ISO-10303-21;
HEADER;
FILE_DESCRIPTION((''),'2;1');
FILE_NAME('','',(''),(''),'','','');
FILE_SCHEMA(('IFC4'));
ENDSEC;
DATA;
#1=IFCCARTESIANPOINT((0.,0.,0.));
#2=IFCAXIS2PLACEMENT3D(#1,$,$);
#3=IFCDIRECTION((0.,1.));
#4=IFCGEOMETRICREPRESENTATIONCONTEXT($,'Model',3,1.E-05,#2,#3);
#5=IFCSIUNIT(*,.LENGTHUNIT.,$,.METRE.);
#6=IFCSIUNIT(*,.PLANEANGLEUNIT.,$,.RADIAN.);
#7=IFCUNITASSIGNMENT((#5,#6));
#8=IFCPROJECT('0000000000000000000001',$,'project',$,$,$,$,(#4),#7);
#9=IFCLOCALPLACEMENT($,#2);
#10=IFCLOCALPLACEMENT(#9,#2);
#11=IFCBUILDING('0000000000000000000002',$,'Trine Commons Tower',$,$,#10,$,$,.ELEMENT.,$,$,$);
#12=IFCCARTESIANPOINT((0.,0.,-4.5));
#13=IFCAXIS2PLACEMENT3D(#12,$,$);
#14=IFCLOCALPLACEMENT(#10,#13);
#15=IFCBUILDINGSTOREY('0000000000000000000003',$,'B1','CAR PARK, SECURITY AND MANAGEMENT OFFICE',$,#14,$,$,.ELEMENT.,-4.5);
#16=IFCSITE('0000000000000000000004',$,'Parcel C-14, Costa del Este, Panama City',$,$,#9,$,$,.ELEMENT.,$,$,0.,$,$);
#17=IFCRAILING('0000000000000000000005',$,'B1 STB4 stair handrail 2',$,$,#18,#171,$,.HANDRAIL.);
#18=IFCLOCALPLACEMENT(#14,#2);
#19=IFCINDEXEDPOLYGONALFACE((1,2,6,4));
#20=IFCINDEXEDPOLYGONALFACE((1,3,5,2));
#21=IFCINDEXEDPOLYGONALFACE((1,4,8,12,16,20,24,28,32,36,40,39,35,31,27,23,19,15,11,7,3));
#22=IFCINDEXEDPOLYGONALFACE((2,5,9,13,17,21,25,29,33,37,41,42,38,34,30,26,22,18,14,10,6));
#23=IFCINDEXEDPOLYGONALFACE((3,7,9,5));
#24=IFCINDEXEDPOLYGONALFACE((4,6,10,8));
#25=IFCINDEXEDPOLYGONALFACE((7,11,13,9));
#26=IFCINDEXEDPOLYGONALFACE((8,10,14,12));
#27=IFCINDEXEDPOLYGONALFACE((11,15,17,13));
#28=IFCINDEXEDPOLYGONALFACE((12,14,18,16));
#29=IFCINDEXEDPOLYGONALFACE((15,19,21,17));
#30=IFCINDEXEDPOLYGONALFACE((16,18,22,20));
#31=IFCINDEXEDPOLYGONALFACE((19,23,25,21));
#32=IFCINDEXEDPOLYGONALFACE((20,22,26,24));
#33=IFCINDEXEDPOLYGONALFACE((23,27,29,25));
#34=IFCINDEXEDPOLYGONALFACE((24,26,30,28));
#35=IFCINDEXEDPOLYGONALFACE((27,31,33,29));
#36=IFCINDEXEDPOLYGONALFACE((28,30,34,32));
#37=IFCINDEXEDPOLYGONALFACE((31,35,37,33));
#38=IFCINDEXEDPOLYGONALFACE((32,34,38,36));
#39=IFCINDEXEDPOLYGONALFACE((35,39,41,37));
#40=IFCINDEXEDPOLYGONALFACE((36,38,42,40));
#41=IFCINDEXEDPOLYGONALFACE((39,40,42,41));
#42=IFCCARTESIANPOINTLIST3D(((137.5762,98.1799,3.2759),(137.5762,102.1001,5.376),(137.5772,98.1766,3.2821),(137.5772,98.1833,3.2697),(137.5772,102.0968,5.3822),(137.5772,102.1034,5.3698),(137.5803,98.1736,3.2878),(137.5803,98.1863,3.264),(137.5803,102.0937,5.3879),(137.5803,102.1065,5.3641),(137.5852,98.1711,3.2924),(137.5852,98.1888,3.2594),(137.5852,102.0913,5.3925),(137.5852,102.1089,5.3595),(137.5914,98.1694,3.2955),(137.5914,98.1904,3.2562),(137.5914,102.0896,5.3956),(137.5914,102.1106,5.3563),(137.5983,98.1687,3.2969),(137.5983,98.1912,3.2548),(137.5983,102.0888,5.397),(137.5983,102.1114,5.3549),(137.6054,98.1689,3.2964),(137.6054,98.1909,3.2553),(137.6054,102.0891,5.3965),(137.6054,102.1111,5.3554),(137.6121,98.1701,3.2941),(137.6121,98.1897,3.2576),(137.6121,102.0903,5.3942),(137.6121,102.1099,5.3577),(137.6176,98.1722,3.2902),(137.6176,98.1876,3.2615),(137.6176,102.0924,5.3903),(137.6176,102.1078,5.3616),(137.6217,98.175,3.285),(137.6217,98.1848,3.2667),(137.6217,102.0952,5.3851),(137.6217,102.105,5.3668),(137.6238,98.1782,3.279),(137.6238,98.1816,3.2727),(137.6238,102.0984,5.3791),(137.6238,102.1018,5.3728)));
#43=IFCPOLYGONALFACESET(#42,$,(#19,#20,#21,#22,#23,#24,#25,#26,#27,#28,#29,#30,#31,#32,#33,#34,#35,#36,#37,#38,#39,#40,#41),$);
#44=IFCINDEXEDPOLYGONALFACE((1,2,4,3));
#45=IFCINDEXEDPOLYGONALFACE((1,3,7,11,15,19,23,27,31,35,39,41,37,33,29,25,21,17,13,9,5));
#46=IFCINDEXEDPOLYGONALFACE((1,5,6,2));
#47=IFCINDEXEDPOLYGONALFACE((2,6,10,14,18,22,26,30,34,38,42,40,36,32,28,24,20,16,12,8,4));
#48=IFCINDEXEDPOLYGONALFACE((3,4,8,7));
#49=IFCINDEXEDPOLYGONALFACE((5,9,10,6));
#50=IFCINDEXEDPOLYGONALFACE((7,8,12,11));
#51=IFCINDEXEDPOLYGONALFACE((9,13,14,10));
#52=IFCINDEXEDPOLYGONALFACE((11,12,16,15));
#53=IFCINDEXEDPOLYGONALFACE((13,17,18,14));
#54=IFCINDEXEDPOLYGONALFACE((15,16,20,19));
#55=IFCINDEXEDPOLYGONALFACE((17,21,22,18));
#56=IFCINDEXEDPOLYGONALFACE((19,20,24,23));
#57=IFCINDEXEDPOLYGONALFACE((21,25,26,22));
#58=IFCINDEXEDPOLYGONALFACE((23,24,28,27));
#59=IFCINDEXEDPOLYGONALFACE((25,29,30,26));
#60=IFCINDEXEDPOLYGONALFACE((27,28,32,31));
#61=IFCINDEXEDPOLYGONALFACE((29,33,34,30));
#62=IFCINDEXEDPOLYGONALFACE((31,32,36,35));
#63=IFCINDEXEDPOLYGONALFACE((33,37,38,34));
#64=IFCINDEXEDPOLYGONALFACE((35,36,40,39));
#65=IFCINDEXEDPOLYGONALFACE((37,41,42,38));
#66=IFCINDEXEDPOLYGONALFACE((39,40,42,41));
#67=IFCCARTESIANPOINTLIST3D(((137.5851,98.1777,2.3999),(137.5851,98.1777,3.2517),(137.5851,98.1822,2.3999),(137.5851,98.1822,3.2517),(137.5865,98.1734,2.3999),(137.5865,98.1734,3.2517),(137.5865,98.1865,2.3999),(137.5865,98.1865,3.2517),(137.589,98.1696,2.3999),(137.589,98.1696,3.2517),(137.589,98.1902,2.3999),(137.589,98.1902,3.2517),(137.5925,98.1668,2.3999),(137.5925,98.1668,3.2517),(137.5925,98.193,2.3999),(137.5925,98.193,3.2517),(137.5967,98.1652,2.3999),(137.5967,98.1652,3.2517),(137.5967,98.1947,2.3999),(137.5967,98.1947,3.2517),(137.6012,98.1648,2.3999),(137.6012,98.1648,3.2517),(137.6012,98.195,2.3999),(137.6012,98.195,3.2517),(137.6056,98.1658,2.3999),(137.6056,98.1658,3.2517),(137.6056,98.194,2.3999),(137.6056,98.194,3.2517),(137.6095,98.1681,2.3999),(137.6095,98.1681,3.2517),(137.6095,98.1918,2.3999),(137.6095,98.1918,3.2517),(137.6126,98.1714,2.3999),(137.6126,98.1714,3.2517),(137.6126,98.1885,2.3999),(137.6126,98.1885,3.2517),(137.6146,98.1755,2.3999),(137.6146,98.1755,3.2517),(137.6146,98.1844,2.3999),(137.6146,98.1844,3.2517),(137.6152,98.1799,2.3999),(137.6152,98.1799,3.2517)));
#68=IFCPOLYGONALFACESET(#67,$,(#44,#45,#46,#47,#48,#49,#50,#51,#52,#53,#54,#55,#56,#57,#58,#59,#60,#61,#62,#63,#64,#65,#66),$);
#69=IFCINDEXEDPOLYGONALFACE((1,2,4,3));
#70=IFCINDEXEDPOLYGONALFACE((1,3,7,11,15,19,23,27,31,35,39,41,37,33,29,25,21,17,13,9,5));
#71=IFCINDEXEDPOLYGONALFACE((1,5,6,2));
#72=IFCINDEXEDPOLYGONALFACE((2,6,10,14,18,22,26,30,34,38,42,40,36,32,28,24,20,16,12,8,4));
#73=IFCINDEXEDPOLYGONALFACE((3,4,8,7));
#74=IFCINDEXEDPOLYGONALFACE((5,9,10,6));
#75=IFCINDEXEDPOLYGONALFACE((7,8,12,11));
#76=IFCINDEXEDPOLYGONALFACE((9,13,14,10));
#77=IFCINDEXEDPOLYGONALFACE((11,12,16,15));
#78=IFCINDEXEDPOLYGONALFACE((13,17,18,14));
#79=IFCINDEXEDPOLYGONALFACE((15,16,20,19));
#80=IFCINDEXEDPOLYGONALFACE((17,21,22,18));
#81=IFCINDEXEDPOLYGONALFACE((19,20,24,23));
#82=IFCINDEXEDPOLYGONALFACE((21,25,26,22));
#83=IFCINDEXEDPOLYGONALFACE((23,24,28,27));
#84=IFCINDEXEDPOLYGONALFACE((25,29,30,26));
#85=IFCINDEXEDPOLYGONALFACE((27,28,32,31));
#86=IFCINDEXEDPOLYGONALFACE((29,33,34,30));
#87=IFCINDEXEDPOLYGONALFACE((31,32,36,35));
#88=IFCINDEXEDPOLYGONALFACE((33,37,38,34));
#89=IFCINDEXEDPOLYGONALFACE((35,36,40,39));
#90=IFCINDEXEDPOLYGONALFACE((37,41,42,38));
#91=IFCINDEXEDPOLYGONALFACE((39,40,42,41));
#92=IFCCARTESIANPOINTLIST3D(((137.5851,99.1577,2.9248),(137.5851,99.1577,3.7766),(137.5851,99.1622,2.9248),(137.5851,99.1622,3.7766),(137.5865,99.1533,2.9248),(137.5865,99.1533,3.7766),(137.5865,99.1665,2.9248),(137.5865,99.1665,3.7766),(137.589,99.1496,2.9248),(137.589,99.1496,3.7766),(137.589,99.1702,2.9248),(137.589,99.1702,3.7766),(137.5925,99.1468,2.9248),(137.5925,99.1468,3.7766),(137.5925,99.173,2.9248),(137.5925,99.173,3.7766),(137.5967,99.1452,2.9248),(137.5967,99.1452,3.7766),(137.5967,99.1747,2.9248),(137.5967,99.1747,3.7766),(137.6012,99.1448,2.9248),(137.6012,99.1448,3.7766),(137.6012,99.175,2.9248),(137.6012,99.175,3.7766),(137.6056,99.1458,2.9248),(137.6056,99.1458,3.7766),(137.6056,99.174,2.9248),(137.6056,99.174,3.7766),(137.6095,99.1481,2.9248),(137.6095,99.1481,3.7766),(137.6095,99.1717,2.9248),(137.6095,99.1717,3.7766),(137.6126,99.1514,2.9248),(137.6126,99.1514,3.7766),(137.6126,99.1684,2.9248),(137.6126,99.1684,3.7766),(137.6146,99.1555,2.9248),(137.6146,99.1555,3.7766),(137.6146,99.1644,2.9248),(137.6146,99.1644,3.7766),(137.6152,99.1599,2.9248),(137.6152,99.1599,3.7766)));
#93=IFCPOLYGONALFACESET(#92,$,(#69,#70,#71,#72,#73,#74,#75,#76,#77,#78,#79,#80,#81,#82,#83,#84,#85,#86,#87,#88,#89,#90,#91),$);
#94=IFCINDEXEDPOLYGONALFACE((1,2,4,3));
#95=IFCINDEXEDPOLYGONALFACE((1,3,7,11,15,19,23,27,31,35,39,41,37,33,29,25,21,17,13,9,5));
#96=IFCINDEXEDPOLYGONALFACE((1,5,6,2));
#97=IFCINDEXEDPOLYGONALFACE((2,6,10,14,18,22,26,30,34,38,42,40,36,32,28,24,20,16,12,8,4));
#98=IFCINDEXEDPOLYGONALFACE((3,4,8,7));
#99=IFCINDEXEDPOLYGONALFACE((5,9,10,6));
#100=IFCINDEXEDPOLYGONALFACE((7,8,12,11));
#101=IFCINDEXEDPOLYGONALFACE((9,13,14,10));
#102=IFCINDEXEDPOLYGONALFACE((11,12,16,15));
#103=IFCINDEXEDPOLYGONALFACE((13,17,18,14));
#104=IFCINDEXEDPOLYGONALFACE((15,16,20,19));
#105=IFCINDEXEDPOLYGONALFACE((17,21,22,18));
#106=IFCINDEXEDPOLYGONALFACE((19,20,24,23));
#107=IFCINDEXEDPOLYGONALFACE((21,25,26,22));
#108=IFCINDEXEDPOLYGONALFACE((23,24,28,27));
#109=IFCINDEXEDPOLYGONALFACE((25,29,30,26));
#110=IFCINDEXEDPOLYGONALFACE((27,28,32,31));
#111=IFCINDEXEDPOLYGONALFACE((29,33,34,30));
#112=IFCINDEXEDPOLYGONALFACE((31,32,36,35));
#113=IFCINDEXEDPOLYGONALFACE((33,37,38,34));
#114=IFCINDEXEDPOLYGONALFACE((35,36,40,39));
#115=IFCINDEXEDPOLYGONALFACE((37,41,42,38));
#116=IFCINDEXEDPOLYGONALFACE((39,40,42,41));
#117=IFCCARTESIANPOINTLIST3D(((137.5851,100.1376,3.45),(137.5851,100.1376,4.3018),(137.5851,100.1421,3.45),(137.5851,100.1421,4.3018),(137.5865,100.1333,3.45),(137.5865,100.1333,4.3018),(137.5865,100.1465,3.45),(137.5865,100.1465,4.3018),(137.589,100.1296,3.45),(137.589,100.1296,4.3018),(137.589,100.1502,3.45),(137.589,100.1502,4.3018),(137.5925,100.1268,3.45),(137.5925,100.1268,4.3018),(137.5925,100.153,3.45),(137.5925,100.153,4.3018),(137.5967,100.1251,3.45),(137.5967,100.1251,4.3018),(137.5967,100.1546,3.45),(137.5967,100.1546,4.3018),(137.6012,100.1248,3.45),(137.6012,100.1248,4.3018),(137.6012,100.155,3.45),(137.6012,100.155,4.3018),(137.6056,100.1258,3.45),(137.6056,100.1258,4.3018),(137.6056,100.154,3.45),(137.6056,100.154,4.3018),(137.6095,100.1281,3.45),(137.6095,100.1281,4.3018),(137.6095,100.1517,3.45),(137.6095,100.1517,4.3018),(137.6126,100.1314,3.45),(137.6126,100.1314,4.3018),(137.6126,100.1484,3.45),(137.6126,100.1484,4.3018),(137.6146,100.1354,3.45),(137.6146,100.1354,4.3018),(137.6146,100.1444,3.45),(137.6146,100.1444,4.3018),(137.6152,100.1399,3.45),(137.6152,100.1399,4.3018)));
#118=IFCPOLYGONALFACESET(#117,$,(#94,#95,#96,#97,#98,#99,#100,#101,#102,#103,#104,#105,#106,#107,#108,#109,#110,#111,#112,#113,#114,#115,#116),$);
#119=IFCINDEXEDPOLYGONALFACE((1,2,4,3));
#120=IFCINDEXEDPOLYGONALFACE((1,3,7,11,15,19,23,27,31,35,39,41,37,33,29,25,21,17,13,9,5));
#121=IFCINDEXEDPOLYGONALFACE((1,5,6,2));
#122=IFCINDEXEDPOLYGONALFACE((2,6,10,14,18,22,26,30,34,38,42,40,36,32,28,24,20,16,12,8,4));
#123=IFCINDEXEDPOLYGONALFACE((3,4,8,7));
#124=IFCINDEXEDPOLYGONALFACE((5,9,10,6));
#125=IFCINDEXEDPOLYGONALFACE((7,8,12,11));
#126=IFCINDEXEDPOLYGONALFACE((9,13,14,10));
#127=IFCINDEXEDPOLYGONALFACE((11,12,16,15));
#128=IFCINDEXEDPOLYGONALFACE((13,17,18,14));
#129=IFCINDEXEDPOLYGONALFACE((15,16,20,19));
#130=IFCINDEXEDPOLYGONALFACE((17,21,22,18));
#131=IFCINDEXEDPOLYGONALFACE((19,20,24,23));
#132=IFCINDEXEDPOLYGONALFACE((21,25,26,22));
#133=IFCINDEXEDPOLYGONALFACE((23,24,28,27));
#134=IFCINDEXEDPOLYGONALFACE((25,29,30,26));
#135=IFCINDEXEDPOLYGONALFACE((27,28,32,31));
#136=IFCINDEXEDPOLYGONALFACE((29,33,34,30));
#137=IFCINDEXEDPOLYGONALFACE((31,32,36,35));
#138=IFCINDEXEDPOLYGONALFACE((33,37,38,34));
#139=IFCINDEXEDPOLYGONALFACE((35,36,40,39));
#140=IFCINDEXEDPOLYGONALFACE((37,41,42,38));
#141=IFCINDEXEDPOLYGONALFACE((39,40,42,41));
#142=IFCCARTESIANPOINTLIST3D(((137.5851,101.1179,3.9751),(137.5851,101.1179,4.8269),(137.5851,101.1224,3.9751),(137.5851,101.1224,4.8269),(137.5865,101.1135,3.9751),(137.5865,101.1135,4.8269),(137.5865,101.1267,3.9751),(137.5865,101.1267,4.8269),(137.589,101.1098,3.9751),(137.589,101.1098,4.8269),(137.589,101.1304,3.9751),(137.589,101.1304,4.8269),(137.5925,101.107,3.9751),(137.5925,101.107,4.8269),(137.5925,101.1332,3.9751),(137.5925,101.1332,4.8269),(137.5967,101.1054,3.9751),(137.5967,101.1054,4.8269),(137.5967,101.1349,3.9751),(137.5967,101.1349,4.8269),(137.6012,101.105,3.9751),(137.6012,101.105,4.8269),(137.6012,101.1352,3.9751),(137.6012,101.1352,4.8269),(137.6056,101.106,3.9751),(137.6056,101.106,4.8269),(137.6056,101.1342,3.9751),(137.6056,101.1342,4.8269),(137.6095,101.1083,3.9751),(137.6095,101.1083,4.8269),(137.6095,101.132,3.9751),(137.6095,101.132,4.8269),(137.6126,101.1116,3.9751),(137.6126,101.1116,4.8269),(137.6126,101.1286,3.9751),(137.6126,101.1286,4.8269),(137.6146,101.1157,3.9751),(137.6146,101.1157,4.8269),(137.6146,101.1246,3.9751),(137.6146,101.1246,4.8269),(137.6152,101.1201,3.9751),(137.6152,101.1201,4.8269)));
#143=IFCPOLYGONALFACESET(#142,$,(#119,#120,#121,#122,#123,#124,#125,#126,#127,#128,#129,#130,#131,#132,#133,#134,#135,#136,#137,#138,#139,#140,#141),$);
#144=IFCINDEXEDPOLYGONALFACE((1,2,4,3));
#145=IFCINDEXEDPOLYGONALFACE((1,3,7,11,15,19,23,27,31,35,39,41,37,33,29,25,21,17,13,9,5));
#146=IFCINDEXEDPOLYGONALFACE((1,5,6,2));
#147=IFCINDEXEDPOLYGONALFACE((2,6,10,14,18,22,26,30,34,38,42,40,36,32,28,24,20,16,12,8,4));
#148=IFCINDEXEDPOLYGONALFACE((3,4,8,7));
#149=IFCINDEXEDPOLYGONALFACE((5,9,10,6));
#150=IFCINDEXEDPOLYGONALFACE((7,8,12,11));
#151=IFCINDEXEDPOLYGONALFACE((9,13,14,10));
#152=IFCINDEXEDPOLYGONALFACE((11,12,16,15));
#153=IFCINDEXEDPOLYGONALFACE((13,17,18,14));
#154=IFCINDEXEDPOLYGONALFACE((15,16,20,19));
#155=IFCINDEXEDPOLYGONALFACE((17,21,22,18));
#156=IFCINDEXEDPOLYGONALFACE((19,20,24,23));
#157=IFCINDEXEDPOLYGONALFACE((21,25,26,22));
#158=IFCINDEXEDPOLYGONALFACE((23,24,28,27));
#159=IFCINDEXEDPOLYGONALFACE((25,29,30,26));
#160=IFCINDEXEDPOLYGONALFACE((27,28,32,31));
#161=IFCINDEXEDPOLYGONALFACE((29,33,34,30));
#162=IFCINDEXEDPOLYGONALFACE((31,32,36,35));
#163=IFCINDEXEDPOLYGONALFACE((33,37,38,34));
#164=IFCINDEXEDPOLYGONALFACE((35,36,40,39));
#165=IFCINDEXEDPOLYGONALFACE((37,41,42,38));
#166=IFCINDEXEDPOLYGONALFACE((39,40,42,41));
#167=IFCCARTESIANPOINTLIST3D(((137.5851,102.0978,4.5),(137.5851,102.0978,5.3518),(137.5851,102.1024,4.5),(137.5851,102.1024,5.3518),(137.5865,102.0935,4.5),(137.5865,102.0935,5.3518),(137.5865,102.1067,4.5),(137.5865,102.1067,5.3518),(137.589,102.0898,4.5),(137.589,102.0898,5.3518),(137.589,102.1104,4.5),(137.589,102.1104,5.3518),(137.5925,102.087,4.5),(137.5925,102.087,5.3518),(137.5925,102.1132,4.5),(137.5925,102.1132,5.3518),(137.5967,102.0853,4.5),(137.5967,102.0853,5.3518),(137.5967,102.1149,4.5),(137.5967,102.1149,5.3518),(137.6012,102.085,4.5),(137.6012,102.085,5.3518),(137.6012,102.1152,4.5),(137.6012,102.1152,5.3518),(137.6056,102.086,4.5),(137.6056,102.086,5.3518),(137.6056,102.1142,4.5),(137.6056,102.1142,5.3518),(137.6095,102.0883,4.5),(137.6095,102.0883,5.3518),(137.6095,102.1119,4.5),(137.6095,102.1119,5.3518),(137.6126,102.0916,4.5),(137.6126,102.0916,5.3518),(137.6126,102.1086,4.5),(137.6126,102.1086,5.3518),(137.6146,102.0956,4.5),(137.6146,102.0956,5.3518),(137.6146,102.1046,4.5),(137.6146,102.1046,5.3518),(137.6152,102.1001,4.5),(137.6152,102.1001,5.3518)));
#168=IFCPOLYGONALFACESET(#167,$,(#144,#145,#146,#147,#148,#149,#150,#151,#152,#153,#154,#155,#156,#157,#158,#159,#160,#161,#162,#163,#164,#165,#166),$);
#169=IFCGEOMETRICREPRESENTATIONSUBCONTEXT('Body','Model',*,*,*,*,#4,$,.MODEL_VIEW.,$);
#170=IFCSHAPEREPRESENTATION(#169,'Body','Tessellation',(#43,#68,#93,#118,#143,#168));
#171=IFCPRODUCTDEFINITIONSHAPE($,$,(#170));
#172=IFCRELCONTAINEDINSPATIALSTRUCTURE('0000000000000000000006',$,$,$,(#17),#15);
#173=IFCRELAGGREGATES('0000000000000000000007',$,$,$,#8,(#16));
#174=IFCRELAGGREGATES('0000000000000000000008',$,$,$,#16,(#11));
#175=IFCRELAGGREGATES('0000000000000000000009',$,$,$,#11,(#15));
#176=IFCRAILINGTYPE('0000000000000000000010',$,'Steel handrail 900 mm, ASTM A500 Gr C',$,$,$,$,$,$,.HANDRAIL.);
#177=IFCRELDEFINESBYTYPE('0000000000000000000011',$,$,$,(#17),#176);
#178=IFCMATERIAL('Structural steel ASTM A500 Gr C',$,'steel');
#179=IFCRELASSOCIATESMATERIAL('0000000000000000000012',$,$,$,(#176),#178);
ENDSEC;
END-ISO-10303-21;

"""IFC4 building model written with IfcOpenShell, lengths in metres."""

from ifc_helpers import new_model, si_unit, direction, frame, origin, origin_2d, place, context, subcontext, project, spatial, circle, extrude, material, type_object, element, save


model = new_model("IFC4")

# Units and contexts
model_context = context("Model", 3, precision=1e-05, world=origin(), true_north=direction((0.0, 1.0)))
body_context = subcontext(model_context, "Body", "Model", "MODEL_VIEW")
ifc_project = project(units=[si_unit("LENGTHUNIT", "METRE"), si_unit("PLANEANGLEUNIT", "RADIAN")], contexts=[model_context])

# Site, building, storey
site_placement = place(None, origin())
site = spatial("IfcSite", under=ifc_project, at=site_placement, Name="Parcel C-14, Costa del Este, Panama City", CompositionType="ELEMENT", RefElevation=0.0)
building_placement = place(site_placement, origin())
building = spatial("IfcBuilding", under=site, at=building_placement, Name="Trine Commons Tower", CompositionType="ELEMENT")
storey_placement = place(building_placement, frame((0.0, 0.0, -4.5)))
storey = spatial("IfcBuildingStorey", under=building, at=storey_placement, Name="B1", Description="CAR PARK, SECURITY AND MANAGEMENT OFFICE", CompositionType="ELEMENT", Elevation=-4.5)

# Railing
ifc_material_1 = material(Name="Structural steel ASTM A500 Gr C", Category="steel")
railing_type_1 = type_object("IfcRailingType", Name="Steel handrail 900 mm, ASTM A500 Gr C", PredefinedType="HANDRAIL", material=ifc_material_1)
railing_1_placement = place(storey_placement, frame((137.6001, 98.1799, 2.3999)))
element("IfcRailing", 1, at=railing_1_placement, inside=storey, type_object=railing_type_1, Name="B1 STB4 stair handrail 2", PredefinedType="HANDRAIL", context=body_context, shape_type="SweptSolid", body=[
    extrude(circle(Radius=0.0239, at=origin_2d()), frame((0.0, 0.0, 0.876), z_axis=(0.0, 0.881479, 0.472223), x_axis=(-1.0, 0.0, 0.0)), (0.0, 0.0, 1.0), 4.4473),
    extrude(circle(Radius=0.0151, at=origin_2d()), origin(), (0.0, 0.0, 1.0), 0.8518),
    extrude(circle(Radius=0.0151, at=origin_2d()), frame((0.0, 0.98, 0.5249)), (0.0, 0.0, 1.0), 0.8518),
    extrude(circle(Radius=0.0151, at=origin_2d()), frame((0.0, 1.96, 1.05)), (0.0, 0.0, 1.0), 0.8518),
    extrude(circle(Radius=0.0151, at=origin_2d()), frame((0.0, 2.9402, 1.5752)), (0.0, 0.0, 1.0), 0.8518),
    extrude(circle(Radius=0.0151, at=origin_2d()), frame((0.0, 3.9202, 2.1001)), (0.0, 0.0, 1.0), 0.8518),
])

save(model, "model.ifc")
